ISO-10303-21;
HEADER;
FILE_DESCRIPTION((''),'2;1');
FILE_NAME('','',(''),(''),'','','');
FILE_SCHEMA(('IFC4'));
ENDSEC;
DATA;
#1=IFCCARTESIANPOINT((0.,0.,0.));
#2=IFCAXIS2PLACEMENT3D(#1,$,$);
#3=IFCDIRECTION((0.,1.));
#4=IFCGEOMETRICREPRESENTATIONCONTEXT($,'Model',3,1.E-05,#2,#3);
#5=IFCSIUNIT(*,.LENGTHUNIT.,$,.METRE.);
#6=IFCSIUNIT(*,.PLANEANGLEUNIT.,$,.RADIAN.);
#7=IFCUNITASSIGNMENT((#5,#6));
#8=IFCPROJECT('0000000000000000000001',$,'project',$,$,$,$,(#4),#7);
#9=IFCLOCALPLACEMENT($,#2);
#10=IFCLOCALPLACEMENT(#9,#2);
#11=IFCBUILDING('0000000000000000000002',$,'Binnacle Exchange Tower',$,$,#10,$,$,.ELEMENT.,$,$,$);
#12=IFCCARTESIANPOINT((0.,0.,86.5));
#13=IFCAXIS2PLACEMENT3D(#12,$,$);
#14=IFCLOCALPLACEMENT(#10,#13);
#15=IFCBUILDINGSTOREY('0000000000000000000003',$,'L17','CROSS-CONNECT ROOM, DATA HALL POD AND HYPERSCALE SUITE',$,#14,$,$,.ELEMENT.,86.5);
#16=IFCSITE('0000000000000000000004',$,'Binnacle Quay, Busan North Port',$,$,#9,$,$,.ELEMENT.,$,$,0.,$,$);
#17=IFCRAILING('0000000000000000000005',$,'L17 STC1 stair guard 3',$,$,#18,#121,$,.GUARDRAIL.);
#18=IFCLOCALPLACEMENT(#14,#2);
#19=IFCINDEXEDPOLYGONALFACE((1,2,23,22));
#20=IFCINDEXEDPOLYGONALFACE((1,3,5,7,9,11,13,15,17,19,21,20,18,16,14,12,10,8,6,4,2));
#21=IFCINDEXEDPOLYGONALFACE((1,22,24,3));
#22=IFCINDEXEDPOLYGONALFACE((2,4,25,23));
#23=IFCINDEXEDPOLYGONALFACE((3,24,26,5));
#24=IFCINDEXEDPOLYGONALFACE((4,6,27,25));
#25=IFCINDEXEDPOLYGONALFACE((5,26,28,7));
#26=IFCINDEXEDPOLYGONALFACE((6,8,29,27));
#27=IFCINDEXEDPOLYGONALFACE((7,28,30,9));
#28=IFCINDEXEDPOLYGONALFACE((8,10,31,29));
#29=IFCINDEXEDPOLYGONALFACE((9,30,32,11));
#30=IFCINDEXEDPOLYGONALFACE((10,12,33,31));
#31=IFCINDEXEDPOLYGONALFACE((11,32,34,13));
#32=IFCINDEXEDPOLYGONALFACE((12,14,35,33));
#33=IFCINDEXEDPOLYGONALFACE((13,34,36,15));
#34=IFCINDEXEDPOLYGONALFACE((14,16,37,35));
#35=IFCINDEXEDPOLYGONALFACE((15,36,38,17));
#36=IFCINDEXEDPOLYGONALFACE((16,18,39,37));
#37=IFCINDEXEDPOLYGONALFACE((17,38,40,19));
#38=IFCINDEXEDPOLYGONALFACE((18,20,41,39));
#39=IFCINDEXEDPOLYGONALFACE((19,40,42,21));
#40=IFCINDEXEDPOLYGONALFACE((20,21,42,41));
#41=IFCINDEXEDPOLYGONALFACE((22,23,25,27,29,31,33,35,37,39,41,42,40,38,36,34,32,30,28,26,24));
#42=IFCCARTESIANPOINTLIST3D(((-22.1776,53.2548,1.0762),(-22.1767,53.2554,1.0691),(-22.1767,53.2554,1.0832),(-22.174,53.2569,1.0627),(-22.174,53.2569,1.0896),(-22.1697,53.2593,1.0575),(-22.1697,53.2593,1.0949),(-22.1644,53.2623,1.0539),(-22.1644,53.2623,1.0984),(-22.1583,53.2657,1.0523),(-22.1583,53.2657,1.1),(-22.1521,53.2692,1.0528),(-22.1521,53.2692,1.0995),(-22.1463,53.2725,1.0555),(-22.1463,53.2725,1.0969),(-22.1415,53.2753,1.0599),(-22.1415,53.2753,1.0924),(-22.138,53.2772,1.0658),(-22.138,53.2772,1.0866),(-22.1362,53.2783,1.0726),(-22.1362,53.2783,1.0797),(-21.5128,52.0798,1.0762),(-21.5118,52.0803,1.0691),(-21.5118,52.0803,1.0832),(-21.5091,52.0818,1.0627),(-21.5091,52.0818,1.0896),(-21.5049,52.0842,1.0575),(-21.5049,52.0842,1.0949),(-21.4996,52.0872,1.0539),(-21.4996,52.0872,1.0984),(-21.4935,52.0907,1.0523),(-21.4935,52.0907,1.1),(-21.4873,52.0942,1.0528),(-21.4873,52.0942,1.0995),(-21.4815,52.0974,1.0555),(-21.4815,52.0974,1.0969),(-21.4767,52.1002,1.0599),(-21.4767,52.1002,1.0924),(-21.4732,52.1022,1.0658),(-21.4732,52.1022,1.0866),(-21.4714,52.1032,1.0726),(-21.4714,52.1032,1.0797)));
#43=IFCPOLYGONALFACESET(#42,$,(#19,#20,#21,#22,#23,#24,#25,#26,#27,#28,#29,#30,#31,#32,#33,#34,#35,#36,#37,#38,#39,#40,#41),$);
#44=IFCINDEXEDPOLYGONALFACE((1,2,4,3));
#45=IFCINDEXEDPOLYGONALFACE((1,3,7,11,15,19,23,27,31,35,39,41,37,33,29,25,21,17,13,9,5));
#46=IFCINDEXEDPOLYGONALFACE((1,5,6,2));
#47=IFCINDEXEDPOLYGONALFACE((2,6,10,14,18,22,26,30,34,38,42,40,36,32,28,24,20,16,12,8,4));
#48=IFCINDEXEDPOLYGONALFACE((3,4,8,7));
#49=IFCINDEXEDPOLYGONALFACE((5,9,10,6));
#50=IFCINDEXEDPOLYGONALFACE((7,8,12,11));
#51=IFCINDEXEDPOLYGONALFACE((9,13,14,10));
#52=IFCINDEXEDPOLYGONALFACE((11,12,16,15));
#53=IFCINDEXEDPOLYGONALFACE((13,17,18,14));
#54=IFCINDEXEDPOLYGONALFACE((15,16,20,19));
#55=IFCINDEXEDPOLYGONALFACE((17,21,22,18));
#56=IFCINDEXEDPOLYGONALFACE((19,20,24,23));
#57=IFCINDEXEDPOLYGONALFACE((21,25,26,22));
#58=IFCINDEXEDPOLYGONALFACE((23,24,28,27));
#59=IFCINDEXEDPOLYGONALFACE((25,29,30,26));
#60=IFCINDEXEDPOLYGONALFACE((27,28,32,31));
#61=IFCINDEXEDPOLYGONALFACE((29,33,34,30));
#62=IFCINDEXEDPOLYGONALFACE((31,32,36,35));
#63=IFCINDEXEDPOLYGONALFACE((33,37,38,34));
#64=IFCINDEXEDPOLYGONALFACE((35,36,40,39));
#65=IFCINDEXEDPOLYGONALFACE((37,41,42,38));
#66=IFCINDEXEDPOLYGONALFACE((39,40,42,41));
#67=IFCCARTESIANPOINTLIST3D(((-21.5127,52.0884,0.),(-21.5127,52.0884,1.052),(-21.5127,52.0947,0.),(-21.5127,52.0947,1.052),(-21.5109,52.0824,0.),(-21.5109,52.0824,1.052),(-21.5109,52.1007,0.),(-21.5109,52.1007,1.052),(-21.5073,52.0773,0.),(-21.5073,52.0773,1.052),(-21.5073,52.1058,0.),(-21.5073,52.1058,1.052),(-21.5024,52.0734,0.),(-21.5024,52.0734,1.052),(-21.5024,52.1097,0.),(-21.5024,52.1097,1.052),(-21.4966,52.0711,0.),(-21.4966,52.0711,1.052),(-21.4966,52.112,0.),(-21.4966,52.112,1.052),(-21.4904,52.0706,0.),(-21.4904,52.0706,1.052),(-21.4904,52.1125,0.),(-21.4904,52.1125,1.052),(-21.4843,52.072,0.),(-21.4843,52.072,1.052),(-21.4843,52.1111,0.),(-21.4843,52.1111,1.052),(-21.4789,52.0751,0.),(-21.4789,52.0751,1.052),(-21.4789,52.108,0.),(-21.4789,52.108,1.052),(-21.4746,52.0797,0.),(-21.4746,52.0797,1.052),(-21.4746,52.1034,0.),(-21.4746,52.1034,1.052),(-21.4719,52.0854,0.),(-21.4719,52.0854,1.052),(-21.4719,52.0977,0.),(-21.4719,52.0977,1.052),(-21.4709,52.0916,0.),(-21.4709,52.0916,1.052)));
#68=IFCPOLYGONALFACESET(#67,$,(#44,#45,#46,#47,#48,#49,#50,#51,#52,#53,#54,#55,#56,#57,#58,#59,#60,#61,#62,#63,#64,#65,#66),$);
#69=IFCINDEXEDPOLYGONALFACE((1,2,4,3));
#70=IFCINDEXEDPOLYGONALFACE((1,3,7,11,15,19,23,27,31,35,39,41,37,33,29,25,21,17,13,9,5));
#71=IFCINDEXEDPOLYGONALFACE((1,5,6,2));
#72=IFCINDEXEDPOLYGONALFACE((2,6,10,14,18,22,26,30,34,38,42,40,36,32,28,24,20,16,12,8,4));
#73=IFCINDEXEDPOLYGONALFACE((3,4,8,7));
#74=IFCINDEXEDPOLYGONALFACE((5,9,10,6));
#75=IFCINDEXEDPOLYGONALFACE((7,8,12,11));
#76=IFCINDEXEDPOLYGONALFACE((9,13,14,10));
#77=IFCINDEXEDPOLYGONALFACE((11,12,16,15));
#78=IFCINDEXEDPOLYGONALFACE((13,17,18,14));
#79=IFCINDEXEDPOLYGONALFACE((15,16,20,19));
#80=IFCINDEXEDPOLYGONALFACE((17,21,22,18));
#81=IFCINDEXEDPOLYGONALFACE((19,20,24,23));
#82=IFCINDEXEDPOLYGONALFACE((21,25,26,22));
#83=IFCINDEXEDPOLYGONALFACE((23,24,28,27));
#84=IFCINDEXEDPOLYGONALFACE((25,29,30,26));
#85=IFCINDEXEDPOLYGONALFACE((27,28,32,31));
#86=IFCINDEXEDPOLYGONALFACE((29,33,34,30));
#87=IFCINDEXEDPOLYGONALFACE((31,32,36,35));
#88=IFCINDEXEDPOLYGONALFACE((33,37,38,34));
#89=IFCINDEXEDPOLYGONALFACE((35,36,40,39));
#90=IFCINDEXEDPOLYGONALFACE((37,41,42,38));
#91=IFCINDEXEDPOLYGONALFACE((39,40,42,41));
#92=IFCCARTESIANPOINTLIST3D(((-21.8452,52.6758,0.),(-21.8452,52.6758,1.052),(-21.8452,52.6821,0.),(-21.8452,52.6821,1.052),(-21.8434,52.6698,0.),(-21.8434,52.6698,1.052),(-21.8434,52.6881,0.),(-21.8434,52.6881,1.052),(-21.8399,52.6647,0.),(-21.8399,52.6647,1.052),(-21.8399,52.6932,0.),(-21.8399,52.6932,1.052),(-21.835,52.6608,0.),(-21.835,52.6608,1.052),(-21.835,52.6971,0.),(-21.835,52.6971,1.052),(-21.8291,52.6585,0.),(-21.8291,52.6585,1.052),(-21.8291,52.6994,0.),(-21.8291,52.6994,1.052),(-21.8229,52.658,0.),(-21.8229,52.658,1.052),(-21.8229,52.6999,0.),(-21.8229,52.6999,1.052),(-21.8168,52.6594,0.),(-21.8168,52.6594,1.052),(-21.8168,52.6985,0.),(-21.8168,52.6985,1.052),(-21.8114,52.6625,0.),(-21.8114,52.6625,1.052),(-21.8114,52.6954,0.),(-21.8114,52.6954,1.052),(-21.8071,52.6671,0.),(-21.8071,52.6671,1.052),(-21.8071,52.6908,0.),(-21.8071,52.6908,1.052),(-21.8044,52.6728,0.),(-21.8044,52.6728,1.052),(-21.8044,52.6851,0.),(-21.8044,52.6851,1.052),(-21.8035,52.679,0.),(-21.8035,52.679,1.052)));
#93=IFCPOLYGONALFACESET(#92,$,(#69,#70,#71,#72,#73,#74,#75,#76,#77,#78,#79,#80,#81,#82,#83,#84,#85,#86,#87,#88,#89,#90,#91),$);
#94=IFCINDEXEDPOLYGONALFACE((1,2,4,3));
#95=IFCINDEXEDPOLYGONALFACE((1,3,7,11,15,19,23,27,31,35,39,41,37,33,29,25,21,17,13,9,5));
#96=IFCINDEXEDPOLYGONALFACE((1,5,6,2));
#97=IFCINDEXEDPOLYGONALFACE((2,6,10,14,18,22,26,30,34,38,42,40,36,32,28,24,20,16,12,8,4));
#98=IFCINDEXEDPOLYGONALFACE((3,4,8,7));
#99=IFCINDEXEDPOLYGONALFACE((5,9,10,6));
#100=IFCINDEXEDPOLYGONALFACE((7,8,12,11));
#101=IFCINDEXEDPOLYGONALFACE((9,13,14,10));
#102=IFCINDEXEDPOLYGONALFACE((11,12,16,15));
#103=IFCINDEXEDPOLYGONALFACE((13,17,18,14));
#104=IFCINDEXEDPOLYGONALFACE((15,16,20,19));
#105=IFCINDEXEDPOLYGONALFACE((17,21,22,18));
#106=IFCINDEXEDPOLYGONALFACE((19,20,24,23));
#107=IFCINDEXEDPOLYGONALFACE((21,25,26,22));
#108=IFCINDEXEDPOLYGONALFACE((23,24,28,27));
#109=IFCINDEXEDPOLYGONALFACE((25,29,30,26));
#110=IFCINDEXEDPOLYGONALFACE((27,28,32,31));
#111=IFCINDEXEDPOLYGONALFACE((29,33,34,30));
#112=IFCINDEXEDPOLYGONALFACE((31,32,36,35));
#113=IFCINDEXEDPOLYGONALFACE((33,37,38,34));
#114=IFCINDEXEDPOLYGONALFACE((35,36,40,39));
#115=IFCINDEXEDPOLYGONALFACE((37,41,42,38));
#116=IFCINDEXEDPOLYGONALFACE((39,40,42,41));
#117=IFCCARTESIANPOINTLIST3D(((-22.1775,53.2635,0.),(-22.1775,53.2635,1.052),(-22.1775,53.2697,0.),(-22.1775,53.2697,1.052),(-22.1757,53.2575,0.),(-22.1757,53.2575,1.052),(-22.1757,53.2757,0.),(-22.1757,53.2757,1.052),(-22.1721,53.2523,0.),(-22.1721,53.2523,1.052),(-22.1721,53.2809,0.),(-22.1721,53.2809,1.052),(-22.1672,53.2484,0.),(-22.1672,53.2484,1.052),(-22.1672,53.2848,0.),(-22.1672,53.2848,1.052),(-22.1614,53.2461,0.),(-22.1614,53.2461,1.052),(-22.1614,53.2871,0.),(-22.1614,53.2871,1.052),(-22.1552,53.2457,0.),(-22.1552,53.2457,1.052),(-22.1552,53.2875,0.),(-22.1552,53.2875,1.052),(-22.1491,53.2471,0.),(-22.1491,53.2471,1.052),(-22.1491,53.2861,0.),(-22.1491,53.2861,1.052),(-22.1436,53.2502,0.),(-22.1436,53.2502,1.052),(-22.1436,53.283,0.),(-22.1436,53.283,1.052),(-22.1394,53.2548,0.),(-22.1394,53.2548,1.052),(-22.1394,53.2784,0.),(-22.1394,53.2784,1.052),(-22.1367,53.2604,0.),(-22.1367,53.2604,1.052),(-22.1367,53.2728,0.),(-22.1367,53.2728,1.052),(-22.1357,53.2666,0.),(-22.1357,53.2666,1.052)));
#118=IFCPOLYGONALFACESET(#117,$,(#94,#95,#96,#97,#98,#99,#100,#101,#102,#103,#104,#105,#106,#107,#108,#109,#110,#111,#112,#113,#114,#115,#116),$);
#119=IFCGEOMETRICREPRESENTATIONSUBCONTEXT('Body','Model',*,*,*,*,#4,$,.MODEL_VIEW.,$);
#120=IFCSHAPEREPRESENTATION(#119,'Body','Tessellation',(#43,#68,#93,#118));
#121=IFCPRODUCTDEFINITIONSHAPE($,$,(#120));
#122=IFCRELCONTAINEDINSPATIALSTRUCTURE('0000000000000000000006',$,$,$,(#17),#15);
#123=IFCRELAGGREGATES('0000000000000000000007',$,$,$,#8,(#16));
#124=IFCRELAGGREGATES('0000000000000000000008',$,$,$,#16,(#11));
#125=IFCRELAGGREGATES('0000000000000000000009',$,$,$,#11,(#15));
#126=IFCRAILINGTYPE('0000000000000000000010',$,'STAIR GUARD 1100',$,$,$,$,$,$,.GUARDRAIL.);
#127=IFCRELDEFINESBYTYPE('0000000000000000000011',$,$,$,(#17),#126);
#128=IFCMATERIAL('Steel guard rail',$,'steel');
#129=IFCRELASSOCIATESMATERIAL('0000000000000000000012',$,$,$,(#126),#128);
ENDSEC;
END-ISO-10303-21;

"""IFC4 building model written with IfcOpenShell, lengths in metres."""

from ifc_helpers import new_model, si_unit, direction, frame, origin, origin_2d, place, context, subcontext, project, spatial, circle, extrude, material, type_object, element, save


model = new_model("IFC4")

# Units and contexts
model_context = context("Model", 3, precision=1e-05, world=origin(), true_north=direction((0.0, 1.0)))
body_context = subcontext(model_context, "Body", "Model", "MODEL_VIEW")
ifc_project = project(units=[si_unit("LENGTHUNIT", "METRE"), si_unit("PLANEANGLEUNIT", "RADIAN")], contexts=[model_context])

# Site, building, storey
site_placement = place(None, origin())
site = spatial("IfcSite", under=ifc_project, at=site_placement, Name="Binnacle Quay, Busan North Port", CompositionType="ELEMENT", RefElevation=0.0)
building_placement = place(site_placement, origin())
building = spatial("IfcBuilding", under=site, at=building_placement, Name="Binnacle Exchange Tower", CompositionType="ELEMENT")
storey_placement = place(building_placement, frame((0.0, 0.0, 86.5)))
storey = spatial("IfcBuildingStorey", under=building, at=storey_placement, Name="L17", Description="CROSS-CONNECT ROOM, DATA HALL POD AND HYPERSCALE SUITE", CompositionType="ELEMENT", Elevation=86.5)

# Railing
ifc_material_1 = material(Name="Steel guard rail", Category="steel")
railing_type_1 = type_object("IfcRailingType", Name="STAIR GUARD 1100", PredefinedType="GUARDRAIL", material=ifc_material_1)
railing_1_placement = place(storey_placement, frame((-21.4919, 52.0916, 0.0)))
element("IfcRailing", 1, at=railing_1_placement, inside=storey, type_object=railing_type_1, Name="L17 STC1 stair guard 3", PredefinedType="GUARDRAIL", context=body_context, shape_type="SweptSolid", body=[
    extrude(circle(Radius=0.0239, at=origin_2d()), frame((0.0, 0.0, 1.0762), z_axis=(-0.492415, 0.870361, 0.0), x_axis=(-0.870361, -0.492415, 0.0)), (0.0, 0.0, 1.0), 1.3501),
    extrude(circle(Radius=0.021, at=origin_2d()), origin(), (0.0, 0.0, 1.0), 1.052),
    extrude(circle(Radius=0.021, at=origin_2d()), frame((-0.3325, 0.5874, 0.0)), (0.0, 0.0, 1.0), 1.052),
    extrude(circle(Radius=0.021, at=origin_2d()), frame((-0.6648, 1.175, 0.0)), (0.0, 0.0, 1.0), 1.052),
])

save(model, "model.ifc")
